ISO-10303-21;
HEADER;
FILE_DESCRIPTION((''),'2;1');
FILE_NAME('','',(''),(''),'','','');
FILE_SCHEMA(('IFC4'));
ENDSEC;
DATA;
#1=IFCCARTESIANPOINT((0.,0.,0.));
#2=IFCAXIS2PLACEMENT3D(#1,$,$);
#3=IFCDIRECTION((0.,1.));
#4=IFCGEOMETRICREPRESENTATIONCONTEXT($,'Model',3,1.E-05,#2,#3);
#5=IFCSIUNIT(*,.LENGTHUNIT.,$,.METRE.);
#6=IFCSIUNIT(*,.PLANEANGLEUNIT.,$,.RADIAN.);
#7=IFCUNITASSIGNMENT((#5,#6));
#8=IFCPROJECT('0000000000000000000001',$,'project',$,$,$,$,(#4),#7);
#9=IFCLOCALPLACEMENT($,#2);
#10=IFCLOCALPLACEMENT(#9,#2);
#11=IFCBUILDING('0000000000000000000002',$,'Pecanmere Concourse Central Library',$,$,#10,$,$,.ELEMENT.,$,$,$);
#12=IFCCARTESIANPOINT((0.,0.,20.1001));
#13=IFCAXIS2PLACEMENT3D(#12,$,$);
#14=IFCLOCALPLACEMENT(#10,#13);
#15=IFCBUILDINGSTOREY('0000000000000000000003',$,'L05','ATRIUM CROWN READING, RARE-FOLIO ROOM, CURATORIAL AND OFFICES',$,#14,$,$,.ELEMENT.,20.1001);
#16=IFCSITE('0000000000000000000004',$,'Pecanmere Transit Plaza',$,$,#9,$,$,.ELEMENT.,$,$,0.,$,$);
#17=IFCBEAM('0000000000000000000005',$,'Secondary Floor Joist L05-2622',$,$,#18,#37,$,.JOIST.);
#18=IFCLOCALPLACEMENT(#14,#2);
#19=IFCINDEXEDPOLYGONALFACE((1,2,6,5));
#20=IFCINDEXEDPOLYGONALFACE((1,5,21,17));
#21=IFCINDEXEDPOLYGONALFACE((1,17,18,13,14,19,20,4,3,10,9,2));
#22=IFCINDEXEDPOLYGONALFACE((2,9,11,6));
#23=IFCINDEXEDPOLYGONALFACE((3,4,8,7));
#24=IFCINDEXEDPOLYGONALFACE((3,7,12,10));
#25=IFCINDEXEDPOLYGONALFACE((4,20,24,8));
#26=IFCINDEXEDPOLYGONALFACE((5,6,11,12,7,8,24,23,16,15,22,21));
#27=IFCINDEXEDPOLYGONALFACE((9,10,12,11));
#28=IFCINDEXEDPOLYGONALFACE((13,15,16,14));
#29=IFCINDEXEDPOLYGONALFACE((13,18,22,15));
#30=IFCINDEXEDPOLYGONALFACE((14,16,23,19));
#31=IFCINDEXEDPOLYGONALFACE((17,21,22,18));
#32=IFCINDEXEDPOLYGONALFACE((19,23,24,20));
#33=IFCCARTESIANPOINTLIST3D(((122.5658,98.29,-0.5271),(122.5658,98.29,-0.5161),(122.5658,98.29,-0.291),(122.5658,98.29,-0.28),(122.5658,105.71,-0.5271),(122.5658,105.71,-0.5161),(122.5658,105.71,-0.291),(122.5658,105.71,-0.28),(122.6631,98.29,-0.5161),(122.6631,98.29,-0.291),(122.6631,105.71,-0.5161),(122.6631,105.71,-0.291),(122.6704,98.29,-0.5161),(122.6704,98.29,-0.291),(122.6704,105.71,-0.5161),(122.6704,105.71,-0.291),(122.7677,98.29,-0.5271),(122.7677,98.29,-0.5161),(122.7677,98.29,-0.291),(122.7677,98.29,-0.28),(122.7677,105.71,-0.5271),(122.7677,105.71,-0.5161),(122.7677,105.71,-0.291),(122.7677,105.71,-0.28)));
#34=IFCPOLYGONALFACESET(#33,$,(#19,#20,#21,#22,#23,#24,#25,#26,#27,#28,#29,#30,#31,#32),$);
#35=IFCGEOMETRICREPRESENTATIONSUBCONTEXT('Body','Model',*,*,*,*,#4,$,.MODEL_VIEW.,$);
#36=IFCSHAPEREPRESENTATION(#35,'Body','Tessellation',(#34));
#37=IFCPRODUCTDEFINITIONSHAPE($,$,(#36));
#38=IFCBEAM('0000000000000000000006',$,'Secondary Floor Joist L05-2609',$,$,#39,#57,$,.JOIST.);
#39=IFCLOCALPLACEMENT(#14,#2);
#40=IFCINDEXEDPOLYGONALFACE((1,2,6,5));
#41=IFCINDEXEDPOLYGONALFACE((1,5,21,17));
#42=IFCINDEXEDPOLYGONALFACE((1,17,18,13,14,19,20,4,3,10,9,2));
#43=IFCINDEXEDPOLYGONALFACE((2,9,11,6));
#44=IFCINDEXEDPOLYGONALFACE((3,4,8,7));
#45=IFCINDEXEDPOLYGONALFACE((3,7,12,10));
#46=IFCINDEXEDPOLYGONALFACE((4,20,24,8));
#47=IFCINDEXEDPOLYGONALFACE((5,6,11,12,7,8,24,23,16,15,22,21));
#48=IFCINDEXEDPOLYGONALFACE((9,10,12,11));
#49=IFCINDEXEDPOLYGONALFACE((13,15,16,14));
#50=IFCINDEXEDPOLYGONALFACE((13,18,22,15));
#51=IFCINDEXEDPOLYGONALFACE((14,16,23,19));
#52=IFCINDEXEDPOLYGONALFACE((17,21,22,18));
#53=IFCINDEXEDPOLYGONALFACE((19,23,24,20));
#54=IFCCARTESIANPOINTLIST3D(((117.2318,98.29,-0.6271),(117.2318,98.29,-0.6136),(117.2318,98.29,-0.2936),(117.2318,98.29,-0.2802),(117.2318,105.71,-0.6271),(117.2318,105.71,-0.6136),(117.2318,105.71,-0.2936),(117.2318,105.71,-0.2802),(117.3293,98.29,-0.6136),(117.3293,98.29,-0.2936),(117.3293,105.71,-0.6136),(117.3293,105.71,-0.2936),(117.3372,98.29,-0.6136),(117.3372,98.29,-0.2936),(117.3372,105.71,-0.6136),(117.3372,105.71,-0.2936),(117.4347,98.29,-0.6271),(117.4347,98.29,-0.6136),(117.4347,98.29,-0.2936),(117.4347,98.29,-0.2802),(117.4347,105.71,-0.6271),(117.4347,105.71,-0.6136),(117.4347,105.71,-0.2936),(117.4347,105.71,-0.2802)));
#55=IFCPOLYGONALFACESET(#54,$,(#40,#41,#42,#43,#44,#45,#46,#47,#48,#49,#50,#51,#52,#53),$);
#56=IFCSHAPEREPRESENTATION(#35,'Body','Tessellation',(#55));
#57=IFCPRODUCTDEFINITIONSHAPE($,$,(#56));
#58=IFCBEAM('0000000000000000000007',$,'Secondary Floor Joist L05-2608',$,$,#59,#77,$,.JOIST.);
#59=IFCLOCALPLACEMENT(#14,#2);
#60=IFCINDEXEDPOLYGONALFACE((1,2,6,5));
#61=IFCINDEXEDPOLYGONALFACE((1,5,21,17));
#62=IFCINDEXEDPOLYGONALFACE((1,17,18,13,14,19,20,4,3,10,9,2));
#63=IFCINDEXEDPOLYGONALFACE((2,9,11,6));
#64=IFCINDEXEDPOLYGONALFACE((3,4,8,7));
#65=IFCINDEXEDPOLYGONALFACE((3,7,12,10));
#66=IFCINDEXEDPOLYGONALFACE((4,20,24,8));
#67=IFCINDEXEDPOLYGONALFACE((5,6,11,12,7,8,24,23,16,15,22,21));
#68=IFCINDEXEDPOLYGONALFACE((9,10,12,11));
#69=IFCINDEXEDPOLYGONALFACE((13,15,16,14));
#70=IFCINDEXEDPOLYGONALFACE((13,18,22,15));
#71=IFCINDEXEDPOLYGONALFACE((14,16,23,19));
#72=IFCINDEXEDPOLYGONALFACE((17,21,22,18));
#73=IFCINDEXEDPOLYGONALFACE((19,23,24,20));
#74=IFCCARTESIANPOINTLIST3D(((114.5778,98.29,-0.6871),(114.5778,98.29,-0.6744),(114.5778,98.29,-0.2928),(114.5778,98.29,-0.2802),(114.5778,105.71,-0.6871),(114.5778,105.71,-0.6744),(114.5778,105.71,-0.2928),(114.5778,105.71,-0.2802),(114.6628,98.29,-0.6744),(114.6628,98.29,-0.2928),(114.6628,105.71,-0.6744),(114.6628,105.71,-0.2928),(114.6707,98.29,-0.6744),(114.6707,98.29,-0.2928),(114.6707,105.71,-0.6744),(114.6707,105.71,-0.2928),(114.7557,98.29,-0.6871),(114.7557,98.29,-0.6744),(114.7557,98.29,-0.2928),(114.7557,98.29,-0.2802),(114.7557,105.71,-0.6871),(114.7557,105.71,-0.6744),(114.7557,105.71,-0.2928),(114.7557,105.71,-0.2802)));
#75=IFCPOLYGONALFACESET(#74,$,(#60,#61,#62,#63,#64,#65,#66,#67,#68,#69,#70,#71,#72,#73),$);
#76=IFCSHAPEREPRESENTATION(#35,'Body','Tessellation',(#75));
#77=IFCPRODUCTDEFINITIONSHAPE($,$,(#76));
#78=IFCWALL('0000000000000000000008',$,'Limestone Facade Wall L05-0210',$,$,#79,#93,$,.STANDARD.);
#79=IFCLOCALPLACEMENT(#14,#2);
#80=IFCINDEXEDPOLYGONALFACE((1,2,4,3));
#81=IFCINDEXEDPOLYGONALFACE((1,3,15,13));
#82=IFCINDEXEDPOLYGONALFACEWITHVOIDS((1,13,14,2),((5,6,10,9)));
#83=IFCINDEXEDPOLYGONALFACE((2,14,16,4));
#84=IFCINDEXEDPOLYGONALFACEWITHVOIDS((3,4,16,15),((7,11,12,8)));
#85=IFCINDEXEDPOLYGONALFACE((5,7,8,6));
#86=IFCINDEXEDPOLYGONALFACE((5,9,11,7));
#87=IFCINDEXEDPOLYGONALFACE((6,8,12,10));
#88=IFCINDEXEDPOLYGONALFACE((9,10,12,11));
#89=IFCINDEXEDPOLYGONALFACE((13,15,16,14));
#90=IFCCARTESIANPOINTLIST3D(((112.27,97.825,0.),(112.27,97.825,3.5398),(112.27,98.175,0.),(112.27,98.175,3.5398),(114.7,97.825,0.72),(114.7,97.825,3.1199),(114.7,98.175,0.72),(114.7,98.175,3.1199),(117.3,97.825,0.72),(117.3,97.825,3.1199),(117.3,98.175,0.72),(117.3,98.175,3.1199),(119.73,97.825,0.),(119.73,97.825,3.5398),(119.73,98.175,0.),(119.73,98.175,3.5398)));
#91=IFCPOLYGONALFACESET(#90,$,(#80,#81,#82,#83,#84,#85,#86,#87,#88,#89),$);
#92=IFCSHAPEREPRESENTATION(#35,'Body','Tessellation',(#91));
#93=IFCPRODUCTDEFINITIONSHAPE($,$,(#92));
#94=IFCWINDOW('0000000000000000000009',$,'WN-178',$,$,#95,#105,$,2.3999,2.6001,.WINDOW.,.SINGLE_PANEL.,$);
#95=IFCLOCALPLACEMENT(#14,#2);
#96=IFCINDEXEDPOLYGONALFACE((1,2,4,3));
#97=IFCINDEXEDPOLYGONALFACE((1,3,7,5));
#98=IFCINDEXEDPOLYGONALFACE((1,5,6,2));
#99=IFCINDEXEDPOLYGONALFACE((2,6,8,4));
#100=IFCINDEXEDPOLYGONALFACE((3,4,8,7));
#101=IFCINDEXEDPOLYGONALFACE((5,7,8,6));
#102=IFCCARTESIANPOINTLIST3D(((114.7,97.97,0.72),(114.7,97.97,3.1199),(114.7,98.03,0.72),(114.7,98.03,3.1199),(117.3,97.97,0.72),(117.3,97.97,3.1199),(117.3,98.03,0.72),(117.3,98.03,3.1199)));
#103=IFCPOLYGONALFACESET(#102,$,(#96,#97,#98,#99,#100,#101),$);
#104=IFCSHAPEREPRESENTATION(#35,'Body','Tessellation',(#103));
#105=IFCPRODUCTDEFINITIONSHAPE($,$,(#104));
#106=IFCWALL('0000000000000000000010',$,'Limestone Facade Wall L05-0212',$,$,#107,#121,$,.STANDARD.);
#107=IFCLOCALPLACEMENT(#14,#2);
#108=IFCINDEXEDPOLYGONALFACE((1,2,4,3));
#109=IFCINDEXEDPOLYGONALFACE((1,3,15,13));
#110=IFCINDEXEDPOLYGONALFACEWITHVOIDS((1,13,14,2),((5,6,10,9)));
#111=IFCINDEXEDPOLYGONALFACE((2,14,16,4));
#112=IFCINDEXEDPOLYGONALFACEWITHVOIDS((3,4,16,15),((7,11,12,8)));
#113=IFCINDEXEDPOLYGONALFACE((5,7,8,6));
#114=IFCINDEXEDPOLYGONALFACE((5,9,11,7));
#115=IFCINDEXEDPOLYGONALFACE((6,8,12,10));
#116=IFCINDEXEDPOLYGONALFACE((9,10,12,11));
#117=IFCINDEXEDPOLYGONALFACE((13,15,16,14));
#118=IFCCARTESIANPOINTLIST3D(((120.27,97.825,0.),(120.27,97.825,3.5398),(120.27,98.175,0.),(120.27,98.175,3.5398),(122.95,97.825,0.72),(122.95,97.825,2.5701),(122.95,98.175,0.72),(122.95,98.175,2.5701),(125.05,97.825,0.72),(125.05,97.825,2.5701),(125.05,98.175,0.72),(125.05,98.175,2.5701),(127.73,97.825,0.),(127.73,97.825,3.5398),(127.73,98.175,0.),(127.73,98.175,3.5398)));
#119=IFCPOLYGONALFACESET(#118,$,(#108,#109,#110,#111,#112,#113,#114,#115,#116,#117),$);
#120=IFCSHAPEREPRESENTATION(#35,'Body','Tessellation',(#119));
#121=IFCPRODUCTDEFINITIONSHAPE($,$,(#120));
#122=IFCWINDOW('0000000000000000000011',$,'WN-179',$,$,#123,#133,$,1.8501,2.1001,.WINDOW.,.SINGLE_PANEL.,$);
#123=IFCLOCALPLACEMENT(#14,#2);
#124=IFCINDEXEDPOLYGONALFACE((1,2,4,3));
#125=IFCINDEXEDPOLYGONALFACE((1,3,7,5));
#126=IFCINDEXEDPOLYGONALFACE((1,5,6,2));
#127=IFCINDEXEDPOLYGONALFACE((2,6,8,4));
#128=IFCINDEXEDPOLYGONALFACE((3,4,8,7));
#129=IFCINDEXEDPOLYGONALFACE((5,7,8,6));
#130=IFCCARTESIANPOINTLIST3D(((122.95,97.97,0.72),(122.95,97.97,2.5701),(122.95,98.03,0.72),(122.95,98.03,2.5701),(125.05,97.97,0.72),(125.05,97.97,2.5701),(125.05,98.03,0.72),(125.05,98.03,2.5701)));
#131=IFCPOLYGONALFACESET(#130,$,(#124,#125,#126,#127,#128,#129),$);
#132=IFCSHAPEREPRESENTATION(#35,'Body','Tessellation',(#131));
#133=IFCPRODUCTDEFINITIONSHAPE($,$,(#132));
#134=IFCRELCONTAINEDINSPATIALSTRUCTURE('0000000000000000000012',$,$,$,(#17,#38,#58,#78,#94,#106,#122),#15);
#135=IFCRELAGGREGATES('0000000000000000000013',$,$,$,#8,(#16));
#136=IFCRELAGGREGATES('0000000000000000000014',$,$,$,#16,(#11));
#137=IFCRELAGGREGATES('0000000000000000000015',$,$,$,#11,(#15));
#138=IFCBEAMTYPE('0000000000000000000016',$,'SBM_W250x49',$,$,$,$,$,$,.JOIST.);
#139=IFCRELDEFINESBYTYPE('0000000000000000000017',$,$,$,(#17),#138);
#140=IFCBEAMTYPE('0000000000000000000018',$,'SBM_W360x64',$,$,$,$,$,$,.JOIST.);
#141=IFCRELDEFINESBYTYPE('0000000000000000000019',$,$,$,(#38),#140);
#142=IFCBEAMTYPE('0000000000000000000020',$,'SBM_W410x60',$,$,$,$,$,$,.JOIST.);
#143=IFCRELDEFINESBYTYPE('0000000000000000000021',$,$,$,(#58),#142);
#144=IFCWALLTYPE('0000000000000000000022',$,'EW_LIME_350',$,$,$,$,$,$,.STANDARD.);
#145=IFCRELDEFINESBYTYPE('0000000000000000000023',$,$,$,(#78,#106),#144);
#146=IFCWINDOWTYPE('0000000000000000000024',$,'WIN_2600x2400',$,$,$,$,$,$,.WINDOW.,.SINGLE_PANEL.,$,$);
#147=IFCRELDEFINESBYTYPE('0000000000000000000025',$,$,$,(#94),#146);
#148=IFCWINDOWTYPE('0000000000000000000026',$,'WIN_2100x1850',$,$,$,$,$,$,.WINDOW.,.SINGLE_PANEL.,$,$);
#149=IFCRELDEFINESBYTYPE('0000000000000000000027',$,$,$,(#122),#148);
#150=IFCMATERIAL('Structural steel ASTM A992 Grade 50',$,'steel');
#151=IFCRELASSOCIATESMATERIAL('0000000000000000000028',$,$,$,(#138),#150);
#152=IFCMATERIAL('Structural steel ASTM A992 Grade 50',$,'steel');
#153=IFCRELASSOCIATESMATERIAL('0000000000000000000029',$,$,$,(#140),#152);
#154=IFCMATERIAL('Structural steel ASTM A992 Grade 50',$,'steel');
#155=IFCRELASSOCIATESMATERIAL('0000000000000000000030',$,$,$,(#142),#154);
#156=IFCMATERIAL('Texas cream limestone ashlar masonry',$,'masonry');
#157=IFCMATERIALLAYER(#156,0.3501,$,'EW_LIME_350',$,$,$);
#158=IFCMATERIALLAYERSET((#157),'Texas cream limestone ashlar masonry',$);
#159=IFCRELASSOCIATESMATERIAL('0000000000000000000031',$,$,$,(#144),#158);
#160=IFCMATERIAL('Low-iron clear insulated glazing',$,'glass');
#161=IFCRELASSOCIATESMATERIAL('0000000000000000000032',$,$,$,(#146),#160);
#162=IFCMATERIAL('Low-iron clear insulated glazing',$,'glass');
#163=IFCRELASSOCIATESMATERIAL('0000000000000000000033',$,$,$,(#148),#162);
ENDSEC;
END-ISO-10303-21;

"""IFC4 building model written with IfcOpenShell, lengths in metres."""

from ifc_helpers import new_model, si_unit, direction, frame, frame_2d, origin, origin_2d, place, context, subcontext, project, spatial, rectangle, i_section, extrude, material, layer, layer_set, material_profile, profile_set, type_object, element, fill, save


model = new_model("IFC4")

# Units and contexts
model_context = context("Model", 3, precision=1e-05, world=origin(), true_north=direction((0.0, 1.0)))
body_context = subcontext(model_context, "Body", "Model", "MODEL_VIEW")
ifc_project = project(units=[si_unit("LENGTHUNIT", "METRE"), si_unit("PLANEANGLEUNIT", "RADIAN")], contexts=[model_context])

# Site, building, storey
site_placement = place(None, origin())
site = spatial("IfcSite", under=ifc_project, at=site_placement, Name="Pecanmere Transit Plaza", CompositionType="ELEMENT", RefElevation=0.0)
building_placement = place(site_placement, origin())
building = spatial("IfcBuilding", under=site, at=building_placement, Name="Pecanmere Concourse Central Library", CompositionType="ELEMENT")
storey_placement = place(building_placement, frame((0.0, 0.0, 20.1001)))
storey = spatial("IfcBuildingStorey", under=building, at=storey_placement, Name="L05", Description="ATRIUM CROWN READING, RARE-FOLIO ROOM, CURATORIAL AND OFFICES", CompositionType="ELEMENT", Elevation=20.1001)

# Beams
ifc_material_1 = material(Name="Structural steel ASTM A992 Grade 50", Category="steel")
ifc_material_profile_1 = material_profile(ifc_material_1, i_section(OverallWidth=0.2019, OverallDepth=0.2471, WebThickness=0.0073, FlangeThickness=0.011, at=origin_2d()), Name="W250x49.1")
ifc_profile_set_1 = profile_set([ifc_material_profile_1], Name="Structural steel ASTM A992 Grade 50")
beam_type_1 = type_object("IfcBeamType", Name="SBM_W250x49", PredefinedType="JOIST", material=ifc_profile_set_1)
beam_1_placement = place(storey_placement, frame((122.6667, 98.29, -0.4036), z_axis=(0.0, 1.0, 0.0), x_axis=(-1.0, 0.0, 0.0)))
element("IfcBeam", 1, at=beam_1_placement, inside=storey, type_object=beam_type_1, Name="Secondary Floor Joist L05-2622", PredefinedType="JOIST", context=body_context, shape_type="SweptSolid", body=[
    extrude(i_section(OverallWidth=0.2019, OverallDepth=0.2471, WebThickness=0.0073, FlangeThickness=0.011, at=origin_2d()), origin(), (0.0, 0.0, 1.0), 7.4199),
])
ifc_material_2 = material(Name="Structural steel ASTM A992 Grade 50", Category="steel")
ifc_material_profile_2 = material_profile(ifc_material_2, i_section(OverallWidth=0.2029, OverallDepth=0.3469, WebThickness=0.0078, FlangeThickness=0.0134, at=origin_2d()), Name="W360x64")
ifc_profile_set_2 = profile_set([ifc_material_profile_2], Name="Structural steel ASTM A992 Grade 50")
beam_type_2 = type_object("IfcBeamType", Name="SBM_W360x64", PredefinedType="JOIST", material=ifc_profile_set_2)
beam_2_placement = place(storey_placement, frame((117.3333, 98.29, -0.4536), z_axis=(0.0, 1.0, 0.0), x_axis=(-1.0, 0.0, 0.0)))
element("IfcBeam", 2, at=beam_2_placement, inside=storey, type_object=beam_type_2, Name="Secondary Floor Joist L05-2609", PredefinedType="JOIST", context=body_context, shape_type="SweptSolid", body=[
    extrude(i_section(OverallWidth=0.2029, OverallDepth=0.3469, WebThickness=0.0078, FlangeThickness=0.0134, at=origin_2d()), origin(), (0.0, 0.0, 1.0), 7.4199),
])
ifc_material_3 = material(Name="Structural steel ASTM A992 Grade 50", Category="steel")
ifc_material_profile_3 = material_profile(ifc_material_3, i_section(OverallWidth=0.178, OverallDepth=0.407, WebThickness=0.0078, FlangeThickness=0.0127, at=origin_2d()), Name="W410x60")
ifc_profile_set_3 = profile_set([ifc_material_profile_3], Name="Structural steel ASTM A992 Grade 50")
beam_type_3 = type_object("IfcBeamType", Name="SBM_W410x60", PredefinedType="JOIST", material=ifc_profile_set_3)
beam_3_placement = place(storey_placement, frame((114.6667, 98.29, -0.4836), z_axis=(0.0, 1.0, 0.0), x_axis=(-1.0, 0.0, 0.0)))
element("IfcBeam", 3, at=beam_3_placement, inside=storey, type_object=beam_type_3, Name="Secondary Floor Joist L05-2608", PredefinedType="JOIST", context=body_context, shape_type="SweptSolid", body=[
    extrude(i_section(OverallWidth=0.178, OverallDepth=0.407, WebThickness=0.0078, FlangeThickness=0.0127, at=origin_2d()), origin(), (0.0, 0.0, 1.0), 7.4199),
])

# Walls, openings, windows
ifc_material_4 = material(Name="Texas cream limestone ashlar masonry", Category="masonry")
ifc_layer = layer(ifc_material_4, 0.3501, Name="EW_LIME_350")
ifc_layer_set = layer_set([ifc_layer], Name="Texas cream limestone ashlar masonry")
wall_type = type_object("IfcWallType", Name="EW_LIME_350", PredefinedType="STANDARD", material=ifc_layer_set)
wall_1_placement = place(storey_placement, frame((119.73, 98.0, 0.0), z_axis=(0.0, 0.0, 1.0), x_axis=(-1.0, 0.0, 0.0)))
wall_1 = element("IfcWall", 4, at=wall_1_placement, inside=storey, type_object=wall_type, Name="Limestone Facade Wall L05-0210", PredefinedType="STANDARD", context=body_context, shape_type="SweptSolid", body=[
    extrude(rectangle(XDim=7.46, YDim=0.3501, at=frame_2d((3.73, 0.0))), origin(), (0.0, 0.0, 1.0), 3.5398),
])
opening_1_placement = place(wall_1_placement, frame((2.4299, 0.0, 0.72)))
opening_1 = element("IfcOpeningElement", 5, at=opening_1_placement, cuts=wall_1, PredefinedType="OPENING", context=body_context, shape_type="SweptSolid", body=[
    extrude(rectangle(XDim=2.6001, YDim=2.3999, at=frame_2d((1.3, 1.2))), frame((0.0, 0.187, 0.0), z_axis=(0.0, -1.0, 0.0), x_axis=(1.0, 0.0, 0.0)), (0.0, 0.0, 1.0), 0.374),
])
ifc_material_5 = material(Name="Low-iron clear insulated glazing", Category="glass")
window_type_1 = type_object("IfcWindowType", Name="WIN_2600x2400", PartitioningType="SINGLE_PANEL", PredefinedType="WINDOW", material=ifc_material_5)
window_1_placement = place(opening_1_placement, origin())
window_1 = element("IfcWindow", 6, at=window_1_placement, inside=storey, type_object=window_type_1, Name="WN-178", OverallHeight=2.3999, OverallWidth=2.6001, PartitioningType="SINGLE_PANEL", PredefinedType="WINDOW", context=body_context, shape_type="SweptSolid", body=[
    extrude(rectangle(XDim=2.6001, YDim=2.3999, at=frame_2d((1.3, 1.2))), frame((0.0, 0.03, 0.0), z_axis=(0.0, -1.0, 0.0), x_axis=(1.0, 0.0, 0.0)), (0.0, 0.0, 1.0), 0.0601),
])
fill(opening_1, window_1)
wall_2_placement = place(storey_placement, frame((127.73, 98.0, 0.0), z_axis=(0.0, 0.0, 1.0), x_axis=(-1.0, 0.0, 0.0)))
wall_2 = element("IfcWall", 7, at=wall_2_placement, inside=storey, type_object=wall_type, Name="Limestone Facade Wall L05-0212", PredefinedType="STANDARD", context=body_context, shape_type="SweptSolid", body=[
    extrude(rectangle(XDim=7.46, YDim=0.3501, at=frame_2d((3.73, 0.0))), origin(), (0.0, 0.0, 1.0), 3.5398),
])
opening_2_placement = place(wall_2_placement, frame((2.6799, 0.0, 0.72)))
opening_2 = element("IfcOpeningElement", 8, at=opening_2_placement, cuts=wall_2, PredefinedType="OPENING", context=body_context, shape_type="SweptSolid", body=[
    extrude(rectangle(XDim=2.1001, YDim=1.8501, at=frame_2d((1.05, 0.925))), frame((0.0, 0.187, 0.0), z_axis=(0.0, -1.0, 0.0), x_axis=(1.0, 0.0, 0.0)), (0.0, 0.0, 1.0), 0.374),
])
ifc_material_6 = material(Name="Low-iron clear insulated glazing", Category="glass")
window_type_2 = type_object("IfcWindowType", Name="WIN_2100x1850", PartitioningType="SINGLE_PANEL", PredefinedType="WINDOW", material=ifc_material_6)
window_2_placement = place(opening_2_placement, origin())
window_2 = element("IfcWindow", 9, at=window_2_placement, inside=storey, type_object=window_type_2, Name="WN-179", OverallHeight=1.8501, OverallWidth=2.1001, PartitioningType="SINGLE_PANEL", PredefinedType="WINDOW", context=body_context, shape_type="SweptSolid", body=[
    extrude(rectangle(XDim=2.1001, YDim=1.8501, at=frame_2d((1.05, 0.925))), frame((0.0, 0.03, 0.0), z_axis=(0.0, -1.0, 0.0), x_axis=(1.0, 0.0, 0.0)), (0.0, 0.0, 1.0), 0.0601),
])
fill(opening_2, window_2)

save(model, "model.ifc")
